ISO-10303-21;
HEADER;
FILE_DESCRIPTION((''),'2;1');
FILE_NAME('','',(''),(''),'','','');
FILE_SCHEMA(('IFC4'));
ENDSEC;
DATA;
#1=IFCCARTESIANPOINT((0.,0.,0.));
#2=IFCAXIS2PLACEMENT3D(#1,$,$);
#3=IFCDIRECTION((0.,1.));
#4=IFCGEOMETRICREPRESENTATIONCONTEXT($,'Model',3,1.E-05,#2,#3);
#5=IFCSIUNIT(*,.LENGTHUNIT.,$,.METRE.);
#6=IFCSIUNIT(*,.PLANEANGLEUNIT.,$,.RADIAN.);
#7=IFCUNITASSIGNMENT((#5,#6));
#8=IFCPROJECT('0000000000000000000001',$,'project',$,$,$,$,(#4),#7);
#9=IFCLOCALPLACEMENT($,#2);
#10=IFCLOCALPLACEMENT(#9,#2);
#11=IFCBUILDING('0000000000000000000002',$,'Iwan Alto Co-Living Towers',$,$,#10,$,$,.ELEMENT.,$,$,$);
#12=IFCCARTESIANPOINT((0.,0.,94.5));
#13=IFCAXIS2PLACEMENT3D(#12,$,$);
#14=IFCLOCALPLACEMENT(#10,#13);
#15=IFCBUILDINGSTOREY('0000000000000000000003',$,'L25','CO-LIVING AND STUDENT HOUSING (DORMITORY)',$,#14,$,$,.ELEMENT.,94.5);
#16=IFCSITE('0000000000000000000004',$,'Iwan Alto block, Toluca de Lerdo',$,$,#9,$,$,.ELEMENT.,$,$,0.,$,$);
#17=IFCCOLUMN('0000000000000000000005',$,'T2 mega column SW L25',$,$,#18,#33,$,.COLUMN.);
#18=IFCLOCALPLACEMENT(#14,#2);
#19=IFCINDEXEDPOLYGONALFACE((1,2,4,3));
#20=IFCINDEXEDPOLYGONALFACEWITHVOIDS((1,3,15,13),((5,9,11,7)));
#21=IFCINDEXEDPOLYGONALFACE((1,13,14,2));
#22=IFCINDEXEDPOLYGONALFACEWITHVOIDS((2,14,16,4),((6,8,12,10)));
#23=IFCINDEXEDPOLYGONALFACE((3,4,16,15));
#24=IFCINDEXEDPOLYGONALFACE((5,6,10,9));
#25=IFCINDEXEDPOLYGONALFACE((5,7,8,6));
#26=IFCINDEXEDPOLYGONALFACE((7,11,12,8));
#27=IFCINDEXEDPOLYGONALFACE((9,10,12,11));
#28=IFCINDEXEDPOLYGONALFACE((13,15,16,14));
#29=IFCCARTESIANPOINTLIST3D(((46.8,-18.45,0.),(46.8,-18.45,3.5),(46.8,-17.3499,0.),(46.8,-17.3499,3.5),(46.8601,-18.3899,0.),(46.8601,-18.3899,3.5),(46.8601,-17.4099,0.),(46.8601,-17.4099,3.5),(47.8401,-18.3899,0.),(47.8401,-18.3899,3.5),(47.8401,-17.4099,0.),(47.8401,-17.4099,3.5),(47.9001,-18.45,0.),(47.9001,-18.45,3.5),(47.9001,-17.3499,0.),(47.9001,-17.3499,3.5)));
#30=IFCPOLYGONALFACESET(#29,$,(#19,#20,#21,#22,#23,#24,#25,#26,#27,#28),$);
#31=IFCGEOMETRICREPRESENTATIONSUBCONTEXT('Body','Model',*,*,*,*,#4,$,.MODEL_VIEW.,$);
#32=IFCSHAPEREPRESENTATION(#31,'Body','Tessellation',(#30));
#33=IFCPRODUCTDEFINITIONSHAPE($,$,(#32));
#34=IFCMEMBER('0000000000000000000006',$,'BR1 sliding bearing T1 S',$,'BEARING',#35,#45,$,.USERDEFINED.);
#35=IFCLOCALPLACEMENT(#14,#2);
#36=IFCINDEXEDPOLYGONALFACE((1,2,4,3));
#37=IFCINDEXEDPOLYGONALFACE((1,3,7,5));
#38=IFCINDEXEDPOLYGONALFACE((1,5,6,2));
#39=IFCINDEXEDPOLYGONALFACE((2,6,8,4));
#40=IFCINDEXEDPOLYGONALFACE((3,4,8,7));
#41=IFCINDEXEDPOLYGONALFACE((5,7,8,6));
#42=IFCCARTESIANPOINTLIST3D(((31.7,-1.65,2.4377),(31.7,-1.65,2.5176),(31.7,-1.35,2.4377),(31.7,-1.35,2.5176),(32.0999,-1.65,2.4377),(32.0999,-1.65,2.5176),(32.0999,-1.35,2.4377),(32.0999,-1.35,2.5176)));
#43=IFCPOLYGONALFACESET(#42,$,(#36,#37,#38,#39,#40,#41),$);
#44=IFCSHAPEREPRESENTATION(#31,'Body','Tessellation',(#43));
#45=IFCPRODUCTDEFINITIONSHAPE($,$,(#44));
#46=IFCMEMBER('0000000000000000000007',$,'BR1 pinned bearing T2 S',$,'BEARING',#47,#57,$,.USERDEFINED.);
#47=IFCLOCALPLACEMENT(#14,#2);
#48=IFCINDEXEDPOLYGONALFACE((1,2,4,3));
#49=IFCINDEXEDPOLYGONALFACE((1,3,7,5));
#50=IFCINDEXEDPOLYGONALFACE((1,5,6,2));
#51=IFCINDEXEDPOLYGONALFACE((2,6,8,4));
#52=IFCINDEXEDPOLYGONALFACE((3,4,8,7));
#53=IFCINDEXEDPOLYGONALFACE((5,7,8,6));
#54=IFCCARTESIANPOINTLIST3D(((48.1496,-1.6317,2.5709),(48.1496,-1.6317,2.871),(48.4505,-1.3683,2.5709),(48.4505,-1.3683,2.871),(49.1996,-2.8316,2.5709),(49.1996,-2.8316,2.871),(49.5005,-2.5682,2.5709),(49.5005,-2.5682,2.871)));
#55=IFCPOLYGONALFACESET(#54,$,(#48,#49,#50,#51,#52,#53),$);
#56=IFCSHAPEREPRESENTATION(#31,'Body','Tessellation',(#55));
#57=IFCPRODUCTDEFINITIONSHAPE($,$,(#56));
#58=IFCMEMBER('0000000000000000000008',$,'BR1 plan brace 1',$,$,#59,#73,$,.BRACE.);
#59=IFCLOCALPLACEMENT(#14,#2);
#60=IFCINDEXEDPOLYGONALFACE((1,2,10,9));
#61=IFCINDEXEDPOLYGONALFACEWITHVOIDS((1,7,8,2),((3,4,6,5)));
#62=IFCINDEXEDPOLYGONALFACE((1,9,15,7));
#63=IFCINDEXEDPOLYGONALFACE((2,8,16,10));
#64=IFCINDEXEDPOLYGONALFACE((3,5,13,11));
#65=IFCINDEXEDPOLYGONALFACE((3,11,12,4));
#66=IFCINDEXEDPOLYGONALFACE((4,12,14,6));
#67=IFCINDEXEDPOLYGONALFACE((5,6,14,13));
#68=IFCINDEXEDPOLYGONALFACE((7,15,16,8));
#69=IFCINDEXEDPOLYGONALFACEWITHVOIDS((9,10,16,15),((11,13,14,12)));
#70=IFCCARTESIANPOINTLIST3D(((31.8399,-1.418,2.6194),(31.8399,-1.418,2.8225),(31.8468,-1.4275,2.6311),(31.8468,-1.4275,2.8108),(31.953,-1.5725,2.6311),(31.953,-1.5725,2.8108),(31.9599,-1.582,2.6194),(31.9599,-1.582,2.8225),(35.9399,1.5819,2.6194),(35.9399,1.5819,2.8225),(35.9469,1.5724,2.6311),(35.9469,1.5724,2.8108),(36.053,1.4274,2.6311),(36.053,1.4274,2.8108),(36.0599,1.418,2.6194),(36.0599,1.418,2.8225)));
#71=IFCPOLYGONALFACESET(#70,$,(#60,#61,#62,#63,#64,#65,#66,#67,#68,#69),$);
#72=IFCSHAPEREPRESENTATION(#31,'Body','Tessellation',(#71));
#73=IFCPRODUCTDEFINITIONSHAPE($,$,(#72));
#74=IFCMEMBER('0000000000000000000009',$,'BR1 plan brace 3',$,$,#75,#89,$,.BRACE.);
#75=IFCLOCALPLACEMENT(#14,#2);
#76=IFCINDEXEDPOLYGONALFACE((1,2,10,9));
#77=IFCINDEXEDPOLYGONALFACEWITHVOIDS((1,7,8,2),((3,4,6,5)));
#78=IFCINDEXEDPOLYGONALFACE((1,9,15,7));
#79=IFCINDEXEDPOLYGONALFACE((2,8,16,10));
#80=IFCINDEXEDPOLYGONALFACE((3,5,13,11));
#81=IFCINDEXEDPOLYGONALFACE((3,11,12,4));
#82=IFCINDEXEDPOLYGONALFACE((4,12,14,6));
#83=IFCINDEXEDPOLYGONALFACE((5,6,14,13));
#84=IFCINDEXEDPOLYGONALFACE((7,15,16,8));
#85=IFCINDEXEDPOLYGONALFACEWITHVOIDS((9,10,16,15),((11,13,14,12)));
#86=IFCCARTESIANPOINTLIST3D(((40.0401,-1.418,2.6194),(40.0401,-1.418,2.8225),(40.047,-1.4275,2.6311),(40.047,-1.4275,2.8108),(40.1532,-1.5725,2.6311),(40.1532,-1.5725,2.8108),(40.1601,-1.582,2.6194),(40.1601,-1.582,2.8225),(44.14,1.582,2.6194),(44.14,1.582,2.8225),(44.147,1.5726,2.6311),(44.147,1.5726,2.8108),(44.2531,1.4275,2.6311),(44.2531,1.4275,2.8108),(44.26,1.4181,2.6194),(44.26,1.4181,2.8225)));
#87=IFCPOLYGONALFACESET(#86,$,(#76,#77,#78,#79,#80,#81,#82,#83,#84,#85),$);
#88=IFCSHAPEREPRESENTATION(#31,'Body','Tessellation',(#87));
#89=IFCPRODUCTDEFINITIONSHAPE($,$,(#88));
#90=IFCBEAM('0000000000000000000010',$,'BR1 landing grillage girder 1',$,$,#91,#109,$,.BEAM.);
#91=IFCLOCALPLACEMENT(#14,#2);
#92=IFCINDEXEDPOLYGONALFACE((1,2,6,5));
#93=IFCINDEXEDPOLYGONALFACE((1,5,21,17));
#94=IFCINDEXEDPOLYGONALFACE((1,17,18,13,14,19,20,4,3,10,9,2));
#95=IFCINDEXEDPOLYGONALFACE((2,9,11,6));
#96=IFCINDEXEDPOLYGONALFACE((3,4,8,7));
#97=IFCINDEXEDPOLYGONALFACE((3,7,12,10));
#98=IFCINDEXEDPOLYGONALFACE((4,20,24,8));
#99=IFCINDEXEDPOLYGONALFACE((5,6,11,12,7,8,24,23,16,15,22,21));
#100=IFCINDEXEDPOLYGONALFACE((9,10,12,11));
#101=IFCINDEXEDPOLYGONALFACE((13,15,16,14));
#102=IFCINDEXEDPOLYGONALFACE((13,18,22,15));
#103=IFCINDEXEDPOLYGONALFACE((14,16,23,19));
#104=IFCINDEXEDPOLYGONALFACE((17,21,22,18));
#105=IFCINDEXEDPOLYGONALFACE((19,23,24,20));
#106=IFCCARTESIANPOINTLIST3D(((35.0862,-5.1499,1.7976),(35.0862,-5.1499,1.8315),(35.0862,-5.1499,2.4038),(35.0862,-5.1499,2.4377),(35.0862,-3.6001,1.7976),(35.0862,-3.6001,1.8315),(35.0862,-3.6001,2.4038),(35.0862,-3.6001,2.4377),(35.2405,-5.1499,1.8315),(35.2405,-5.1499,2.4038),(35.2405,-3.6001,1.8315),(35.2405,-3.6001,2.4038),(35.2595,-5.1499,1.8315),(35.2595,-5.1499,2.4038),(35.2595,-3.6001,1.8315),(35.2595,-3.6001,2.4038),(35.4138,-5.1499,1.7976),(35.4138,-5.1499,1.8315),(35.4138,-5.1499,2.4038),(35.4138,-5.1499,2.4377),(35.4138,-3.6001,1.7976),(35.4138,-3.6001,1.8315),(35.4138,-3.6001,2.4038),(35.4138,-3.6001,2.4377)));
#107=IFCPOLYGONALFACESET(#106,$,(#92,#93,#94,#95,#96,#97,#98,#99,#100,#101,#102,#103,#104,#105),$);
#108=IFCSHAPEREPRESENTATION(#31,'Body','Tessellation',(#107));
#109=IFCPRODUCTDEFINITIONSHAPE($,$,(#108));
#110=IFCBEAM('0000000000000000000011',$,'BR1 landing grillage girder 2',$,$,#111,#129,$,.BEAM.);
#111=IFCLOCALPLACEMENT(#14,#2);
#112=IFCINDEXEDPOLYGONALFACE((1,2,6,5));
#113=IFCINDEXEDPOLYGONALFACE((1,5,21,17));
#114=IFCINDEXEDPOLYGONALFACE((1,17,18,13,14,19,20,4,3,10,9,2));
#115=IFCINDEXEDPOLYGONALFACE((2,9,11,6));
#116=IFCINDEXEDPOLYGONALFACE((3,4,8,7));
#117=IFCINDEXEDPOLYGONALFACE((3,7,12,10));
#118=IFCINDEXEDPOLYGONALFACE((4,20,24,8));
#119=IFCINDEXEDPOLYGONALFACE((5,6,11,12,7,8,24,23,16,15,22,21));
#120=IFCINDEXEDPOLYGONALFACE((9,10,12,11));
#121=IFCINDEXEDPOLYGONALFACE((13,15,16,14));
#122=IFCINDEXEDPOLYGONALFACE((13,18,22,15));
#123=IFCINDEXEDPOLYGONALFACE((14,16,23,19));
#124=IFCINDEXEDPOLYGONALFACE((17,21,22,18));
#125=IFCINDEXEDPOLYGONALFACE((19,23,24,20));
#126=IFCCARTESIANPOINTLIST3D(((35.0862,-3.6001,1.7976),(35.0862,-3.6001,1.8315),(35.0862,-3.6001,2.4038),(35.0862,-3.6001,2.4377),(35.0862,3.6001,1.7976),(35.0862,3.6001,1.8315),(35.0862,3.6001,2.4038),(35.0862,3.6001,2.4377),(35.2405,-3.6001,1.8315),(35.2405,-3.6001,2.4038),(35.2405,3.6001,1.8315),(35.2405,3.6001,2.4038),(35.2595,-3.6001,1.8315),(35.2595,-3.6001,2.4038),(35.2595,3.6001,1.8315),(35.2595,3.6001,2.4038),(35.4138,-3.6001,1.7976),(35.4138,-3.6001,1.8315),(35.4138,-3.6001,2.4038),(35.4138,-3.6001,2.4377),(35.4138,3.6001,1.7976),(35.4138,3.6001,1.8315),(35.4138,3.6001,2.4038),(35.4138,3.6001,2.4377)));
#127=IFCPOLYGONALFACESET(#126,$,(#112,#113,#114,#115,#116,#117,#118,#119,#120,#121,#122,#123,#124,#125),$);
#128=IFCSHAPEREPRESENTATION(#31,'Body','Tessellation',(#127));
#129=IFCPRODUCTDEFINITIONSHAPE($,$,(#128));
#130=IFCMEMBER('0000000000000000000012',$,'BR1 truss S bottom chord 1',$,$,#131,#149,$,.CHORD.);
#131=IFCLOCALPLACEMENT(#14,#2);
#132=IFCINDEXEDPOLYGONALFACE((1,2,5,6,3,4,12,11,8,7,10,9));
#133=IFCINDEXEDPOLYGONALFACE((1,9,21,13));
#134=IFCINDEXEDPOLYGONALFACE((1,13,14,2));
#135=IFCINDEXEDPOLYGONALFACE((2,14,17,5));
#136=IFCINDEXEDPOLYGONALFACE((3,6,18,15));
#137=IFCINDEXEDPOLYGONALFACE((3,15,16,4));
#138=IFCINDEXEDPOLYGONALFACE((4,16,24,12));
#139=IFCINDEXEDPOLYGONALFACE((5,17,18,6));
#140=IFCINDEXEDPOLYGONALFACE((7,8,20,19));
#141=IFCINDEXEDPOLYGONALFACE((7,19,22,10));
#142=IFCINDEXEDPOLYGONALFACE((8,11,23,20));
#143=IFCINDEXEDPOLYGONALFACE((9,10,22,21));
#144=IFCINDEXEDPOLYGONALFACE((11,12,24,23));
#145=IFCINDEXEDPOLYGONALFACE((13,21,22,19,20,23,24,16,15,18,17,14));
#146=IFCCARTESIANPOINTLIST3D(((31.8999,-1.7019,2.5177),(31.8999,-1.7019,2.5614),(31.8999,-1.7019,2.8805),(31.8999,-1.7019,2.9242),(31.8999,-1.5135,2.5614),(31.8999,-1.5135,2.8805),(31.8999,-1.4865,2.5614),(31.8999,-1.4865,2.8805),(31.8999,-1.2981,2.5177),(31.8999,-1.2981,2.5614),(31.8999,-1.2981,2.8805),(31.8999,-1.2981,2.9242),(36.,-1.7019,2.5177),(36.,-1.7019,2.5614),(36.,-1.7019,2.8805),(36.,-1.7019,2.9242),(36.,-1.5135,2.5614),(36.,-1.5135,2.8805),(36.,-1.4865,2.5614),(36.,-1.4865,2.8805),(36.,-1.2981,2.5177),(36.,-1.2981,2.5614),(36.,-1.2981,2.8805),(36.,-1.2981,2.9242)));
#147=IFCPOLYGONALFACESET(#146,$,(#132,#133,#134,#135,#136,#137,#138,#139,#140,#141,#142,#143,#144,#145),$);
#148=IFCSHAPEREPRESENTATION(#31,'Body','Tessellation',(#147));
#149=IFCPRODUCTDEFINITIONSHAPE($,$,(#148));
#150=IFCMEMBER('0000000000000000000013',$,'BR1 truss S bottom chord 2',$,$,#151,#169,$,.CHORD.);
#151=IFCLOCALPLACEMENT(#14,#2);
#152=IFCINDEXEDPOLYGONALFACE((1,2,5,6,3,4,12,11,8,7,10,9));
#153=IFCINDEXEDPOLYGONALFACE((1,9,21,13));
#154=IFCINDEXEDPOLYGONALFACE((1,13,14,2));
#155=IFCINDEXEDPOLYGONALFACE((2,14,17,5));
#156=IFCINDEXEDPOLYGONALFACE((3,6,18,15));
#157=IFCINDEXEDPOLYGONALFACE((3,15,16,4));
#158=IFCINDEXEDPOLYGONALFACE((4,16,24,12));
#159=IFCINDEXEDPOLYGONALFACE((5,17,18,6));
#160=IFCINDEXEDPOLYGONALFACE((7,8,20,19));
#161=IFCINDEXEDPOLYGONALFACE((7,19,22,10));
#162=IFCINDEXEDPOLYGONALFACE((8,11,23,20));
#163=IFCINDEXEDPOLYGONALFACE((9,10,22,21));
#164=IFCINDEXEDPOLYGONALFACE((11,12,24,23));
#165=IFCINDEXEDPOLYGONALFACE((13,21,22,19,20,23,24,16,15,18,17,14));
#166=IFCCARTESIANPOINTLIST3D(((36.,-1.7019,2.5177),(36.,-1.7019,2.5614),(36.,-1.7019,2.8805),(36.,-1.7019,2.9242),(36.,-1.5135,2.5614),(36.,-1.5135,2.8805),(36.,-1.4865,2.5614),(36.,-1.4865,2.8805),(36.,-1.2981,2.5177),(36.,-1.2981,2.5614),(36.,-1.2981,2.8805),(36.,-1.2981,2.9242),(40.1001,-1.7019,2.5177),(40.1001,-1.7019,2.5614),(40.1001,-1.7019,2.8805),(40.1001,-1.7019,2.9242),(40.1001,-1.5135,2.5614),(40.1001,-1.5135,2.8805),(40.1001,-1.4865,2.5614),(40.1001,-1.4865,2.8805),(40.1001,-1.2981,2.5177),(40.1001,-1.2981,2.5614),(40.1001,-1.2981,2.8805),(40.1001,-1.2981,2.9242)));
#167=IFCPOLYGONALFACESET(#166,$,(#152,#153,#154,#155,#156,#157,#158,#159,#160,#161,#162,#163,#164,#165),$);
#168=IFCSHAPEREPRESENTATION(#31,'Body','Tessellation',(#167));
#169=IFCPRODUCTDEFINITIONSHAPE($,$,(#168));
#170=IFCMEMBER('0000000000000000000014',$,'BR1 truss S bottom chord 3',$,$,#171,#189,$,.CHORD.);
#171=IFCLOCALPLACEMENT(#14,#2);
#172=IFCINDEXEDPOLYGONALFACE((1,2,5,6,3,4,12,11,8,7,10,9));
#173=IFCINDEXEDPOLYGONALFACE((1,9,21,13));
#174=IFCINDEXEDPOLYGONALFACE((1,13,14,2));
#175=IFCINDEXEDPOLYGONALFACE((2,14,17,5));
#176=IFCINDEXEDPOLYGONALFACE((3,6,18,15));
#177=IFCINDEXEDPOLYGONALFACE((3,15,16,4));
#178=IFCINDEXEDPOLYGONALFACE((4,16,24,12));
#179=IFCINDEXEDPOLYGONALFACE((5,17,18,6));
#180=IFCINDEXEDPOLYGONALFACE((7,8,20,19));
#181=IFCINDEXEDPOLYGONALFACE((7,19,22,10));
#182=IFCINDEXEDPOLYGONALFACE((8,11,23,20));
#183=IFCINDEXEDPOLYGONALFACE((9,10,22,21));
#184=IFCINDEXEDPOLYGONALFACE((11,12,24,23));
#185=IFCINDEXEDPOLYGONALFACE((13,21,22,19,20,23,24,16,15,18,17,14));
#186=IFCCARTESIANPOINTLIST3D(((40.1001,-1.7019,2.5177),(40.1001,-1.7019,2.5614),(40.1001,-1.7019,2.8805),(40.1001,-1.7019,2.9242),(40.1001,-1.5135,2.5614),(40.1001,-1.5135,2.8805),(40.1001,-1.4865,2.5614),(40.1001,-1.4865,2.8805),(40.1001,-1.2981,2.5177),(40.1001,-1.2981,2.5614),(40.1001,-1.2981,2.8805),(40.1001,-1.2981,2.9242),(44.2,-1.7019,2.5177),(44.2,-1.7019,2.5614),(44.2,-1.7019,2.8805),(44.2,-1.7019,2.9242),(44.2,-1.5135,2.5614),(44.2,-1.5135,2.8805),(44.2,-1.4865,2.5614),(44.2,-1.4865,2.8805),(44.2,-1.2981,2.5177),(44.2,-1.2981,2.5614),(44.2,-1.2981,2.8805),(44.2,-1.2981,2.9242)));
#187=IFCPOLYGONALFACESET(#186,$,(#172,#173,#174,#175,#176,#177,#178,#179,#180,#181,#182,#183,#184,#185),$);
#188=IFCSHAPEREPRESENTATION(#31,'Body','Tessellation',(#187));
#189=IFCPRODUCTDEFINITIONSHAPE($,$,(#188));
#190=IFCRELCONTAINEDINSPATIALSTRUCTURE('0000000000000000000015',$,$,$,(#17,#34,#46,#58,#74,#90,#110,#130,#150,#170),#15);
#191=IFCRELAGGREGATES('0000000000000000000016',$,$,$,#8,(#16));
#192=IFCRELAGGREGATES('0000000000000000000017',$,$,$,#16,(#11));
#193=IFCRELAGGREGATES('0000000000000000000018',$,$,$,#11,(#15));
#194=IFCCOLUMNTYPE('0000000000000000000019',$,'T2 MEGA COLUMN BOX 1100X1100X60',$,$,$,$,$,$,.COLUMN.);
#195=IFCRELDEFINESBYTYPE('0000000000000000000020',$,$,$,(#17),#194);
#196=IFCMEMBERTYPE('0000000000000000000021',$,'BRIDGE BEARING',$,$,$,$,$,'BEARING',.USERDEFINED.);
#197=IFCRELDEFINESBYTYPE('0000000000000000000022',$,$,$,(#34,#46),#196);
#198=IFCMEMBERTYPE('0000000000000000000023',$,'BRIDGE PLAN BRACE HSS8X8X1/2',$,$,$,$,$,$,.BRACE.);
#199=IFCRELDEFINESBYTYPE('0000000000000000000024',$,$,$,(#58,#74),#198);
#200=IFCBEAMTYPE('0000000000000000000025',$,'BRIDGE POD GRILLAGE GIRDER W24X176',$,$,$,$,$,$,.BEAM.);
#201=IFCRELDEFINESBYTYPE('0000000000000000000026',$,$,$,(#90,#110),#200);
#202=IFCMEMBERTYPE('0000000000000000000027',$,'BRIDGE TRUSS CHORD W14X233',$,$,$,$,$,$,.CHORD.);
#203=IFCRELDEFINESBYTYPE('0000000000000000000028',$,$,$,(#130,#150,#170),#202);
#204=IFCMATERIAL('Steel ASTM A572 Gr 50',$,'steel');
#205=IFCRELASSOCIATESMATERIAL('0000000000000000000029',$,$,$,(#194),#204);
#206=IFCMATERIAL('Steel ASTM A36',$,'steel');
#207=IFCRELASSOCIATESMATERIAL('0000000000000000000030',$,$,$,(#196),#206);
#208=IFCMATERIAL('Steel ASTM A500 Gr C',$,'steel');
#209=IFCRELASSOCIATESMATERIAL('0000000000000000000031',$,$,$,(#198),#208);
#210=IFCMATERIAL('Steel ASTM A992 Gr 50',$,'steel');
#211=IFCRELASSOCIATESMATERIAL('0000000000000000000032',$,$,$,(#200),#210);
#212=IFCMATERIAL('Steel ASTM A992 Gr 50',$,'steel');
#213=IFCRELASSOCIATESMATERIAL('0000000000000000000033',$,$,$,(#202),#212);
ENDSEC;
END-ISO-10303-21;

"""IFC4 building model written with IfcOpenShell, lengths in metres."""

from ifc_helpers import new_model, si_unit, direction, frame, origin, origin_2d, place, context, subcontext, project, spatial, rectangle, hollow_rectangle, i_section, extrude, material, material_profile, profile_set, type_object, element, save


model = new_model("IFC4")

# Units and contexts
model_context = context("Model", 3, precision=1e-05, world=origin(), true_north=direction((0.0, 1.0)))
body_context = subcontext(model_context, "Body", "Model", "MODEL_VIEW")
ifc_project = project(units=[si_unit("LENGTHUNIT", "METRE"), si_unit("PLANEANGLEUNIT", "RADIAN")], contexts=[model_context])

# Site, building, storey
site_placement = place(None, origin())
site = spatial("IfcSite", under=ifc_project, at=site_placement, Name="Iwan Alto block, Toluca de Lerdo", CompositionType="ELEMENT", RefElevation=0.0)
building_placement = place(site_placement, origin())
building = spatial("IfcBuilding", under=site, at=building_placement, Name="Iwan Alto Co-Living Towers", CompositionType="ELEMENT")
storey_placement = place(building_placement, frame((0.0, 0.0, 94.5)))
storey = spatial("IfcBuildingStorey", under=building, at=storey_placement, Name="L25", Description="CO-LIVING AND STUDENT HOUSING (DORMITORY)", CompositionType="ELEMENT", Elevation=94.5)

# Column
ifc_material_1 = material(Name="Steel ASTM A572 Gr 50", Category="steel")
ifc_material_profile_1 = material_profile(ifc_material_1, hollow_rectangle(XDim=1.1001, YDim=1.1001, WallThickness=0.0601, at=origin_2d()), Name="BOX 1100X1100X60")
ifc_profile_set_1 = profile_set([ifc_material_profile_1], Name="Steel ASTM A572 Gr 50")
column_type = type_object("IfcColumnType", Name="T2 MEGA COLUMN BOX 1100X1100X60", PredefinedType="COLUMN", material=ifc_profile_set_1)
column_placement = place(storey_placement, frame((47.3501, -17.8999, 0.0), z_axis=(0.0, 0.0, 1.0), x_axis=(1.0, 0.0, 0.0)))
element("IfcColumn", 1, at=column_placement, inside=storey, type_object=column_type, Name="T2 mega column SW L25", PredefinedType="COLUMN", context=body_context, shape_type="SweptSolid", body=[
    extrude(hollow_rectangle(XDim=1.1001, YDim=1.1001, WallThickness=0.0601, at=origin_2d()), origin(), (0.0, 0.0, 1.0), 3.5),
])

# Members
ifc_material_2 = material(Name="Steel ASTM A36", Category="steel")
ifc_material_profile_2 = material_profile(ifc_material_2, rectangle(XDim=0.3999, YDim=0.3, at=origin_2d()), Name="BEARING 400X300")
ifc_profile_set_2 = profile_set([ifc_material_profile_2], Name="Steel ASTM A36")
member_type_1 = type_object("IfcMemberType", Name="BRIDGE BEARING", ElementType="BEARING", PredefinedType="USERDEFINED", material=ifc_profile_set_2)
member_1_placement = place(storey_placement, frame((31.8999, -1.5, 2.5176), z_axis=(0.0, 0.0, -1.0), x_axis=(1.0, 0.0, 0.0)))
element("IfcMember", 2, at=member_1_placement, inside=storey, type_object=member_type_1, Name="BR1 sliding bearing T1 S", ObjectType="BEARING", PredefinedType="USERDEFINED", context=body_context, shape_type="SweptSolid", body=[
    extrude(rectangle(XDim=0.3999, YDim=0.3, at=origin_2d()), origin(), (0.0, 0.0, 1.0), 0.0798),
])
member_2_placement = place(storey_placement, frame((48.3, -1.5, 2.7209), z_axis=(0.658537, -0.752548, 0.0), x_axis=(0.752548, 0.658537, 0.0)))
element("IfcMember", 3, at=member_2_placement, inside=storey, type_object=member_type_1, Name="BR1 pinned bearing T2 S", ObjectType="BEARING", PredefinedType="USERDEFINED", context=body_context, shape_type="SweptSolid", body=[
    extrude(rectangle(XDim=0.3999, YDim=0.3, at=origin_2d()), origin(), (0.0, 0.0, 1.0), 1.5945),
])
ifc_material_3 = material(Name="Steel ASTM A500 Gr C", Category="steel")
ifc_material_profile_3 = material_profile(ifc_material_3, hollow_rectangle(XDim=0.2031, YDim=0.2031, WallThickness=0.0117, at=origin_2d()), Name="HSS8X8X1/2")
ifc_profile_set_3 = profile_set([ifc_material_profile_3], Name="Steel ASTM A500 Gr C")
member_type_2 = type_object("IfcMemberType", Name="BRIDGE PLAN BRACE HSS8X8X1/2", PredefinedType="BRACE", material=ifc_profile_set_3)
for number, where, z_axis, x_axis, name in (
    (4, (31.8999, -1.5, 2.7209), (0.807037, 0.590501, 0.0), (-0.590501, 0.807037, 0.0), "BR1 plan brace 1"),
    (5, (40.1001, -1.5, 2.7209), (0.80702, 0.590524, 0.0), (-0.590524, 0.80702, 0.0), "BR1 plan brace 3"),
):
    element("IfcMember", number, at=place(storey_placement, frame(where, z_axis=z_axis, x_axis=x_axis)), inside=storey, type_object=member_type_2, Name=name, PredefinedType="BRACE", context=body_context, shape_type="SweptSolid", body=[
        extrude(hollow_rectangle(XDim=0.2031, YDim=0.2031, WallThickness=0.0117, at=origin_2d()), origin(), (0.0, 0.0, 1.0), 5.0803),
    ])

# Beams
ifc_material_4 = material(Name="Steel ASTM A992 Gr 50", Category="steel")
ifc_material_profile_4 = material_profile(ifc_material_4, i_section(OverallWidth=0.3276, OverallDepth=0.6401, WebThickness=0.019, FlangeThickness=0.0339, at=origin_2d()), Name="W24X176")
ifc_profile_set_4 = profile_set([ifc_material_profile_4], Name="Steel ASTM A992 Gr 50")
beam_type = type_object("IfcBeamType", Name="BRIDGE POD GRILLAGE GIRDER W24X176", PredefinedType="BEAM", material=ifc_profile_set_4)
beam_1_placement = place(storey_placement, frame((35.25, -5.1499, 2.1177), z_axis=(0.0, 1.0, 0.0), x_axis=(-1.0, 0.0, 0.0)))
element("IfcBeam", 6, at=beam_1_placement, inside=storey, type_object=beam_type, Name="BR1 landing grillage girder 1", PredefinedType="BEAM", context=body_context, shape_type="SweptSolid", body=[
    extrude(i_section(OverallWidth=0.3276, OverallDepth=0.6401, WebThickness=0.019, FlangeThickness=0.0339, at=origin_2d()), origin(), (0.0, 0.0, 1.0), 1.5498),
])
beam_2_placement = place(storey_placement, frame((35.25, -3.6001, 2.1177), z_axis=(0.0, 1.0, 0.0), x_axis=(-1.0, 0.0, 0.0)))
element("IfcBeam", 7, at=beam_2_placement, inside=storey, type_object=beam_type, Name="BR1 landing grillage girder 2", PredefinedType="BEAM", context=body_context, shape_type="SweptSolid", body=[
    extrude(i_section(OverallWidth=0.3276, OverallDepth=0.6401, WebThickness=0.019, FlangeThickness=0.0339, at=origin_2d()), origin(), (0.0, 0.0, 1.0), 7.2002),
])

# Members
ifc_material_5 = material(Name="Steel ASTM A992 Gr 50", Category="steel")
ifc_material_profile_5 = material_profile(ifc_material_5, i_section(OverallWidth=0.4038, OverallDepth=0.4065, WebThickness=0.0271, FlangeThickness=0.0437, at=origin_2d()), Name="W14X233")
ifc_profile_set_5 = profile_set([ifc_material_profile_5], Name="Steel ASTM A992 Gr 50")
member_type_3 = type_object("IfcMemberType", Name="BRIDGE TRUSS CHORD W14X233", PredefinedType="CHORD", material=ifc_profile_set_5)
for number, where, z_axis, x_axis, name in (
    (8, (31.8999, -1.5, 2.7209), (1.0, 0.0, 0.0), (0.0, 1.0, 0.0), "BR1 truss S bottom chord 1"),
    (9, (36.0, -1.5, 2.7209), (1.0, 0.0, 0.0), (0.0, 1.0, 0.0), "BR1 truss S bottom chord 2"),
):
    element("IfcMember", number, at=place(storey_placement, frame(where, z_axis=z_axis, x_axis=x_axis)), inside=storey, type_object=member_type_3, Name=name, PredefinedType="CHORD", context=body_context, shape_type="SweptSolid", body=[
        extrude(i_section(OverallWidth=0.4038, OverallDepth=0.4065, WebThickness=0.0271, FlangeThickness=0.0437, at=origin_2d()), origin(), (0.0, 0.0, 1.0), 4.1001),
    ])
member_3_placement = place(storey_placement, frame((40.1001, -1.5, 2.7209), z_axis=(1.0, 0.0, 0.0), x_axis=(0.0, 1.0, 0.0)))
element("IfcMember", 10, at=member_3_placement, inside=storey, type_object=member_type_3, Name="BR1 truss S bottom chord 3", PredefinedType="CHORD", context=body_context, shape_type="SweptSolid", body=[
    extrude(i_section(OverallWidth=0.4038, OverallDepth=0.4065, WebThickness=0.0271, FlangeThickness=0.0437, at=origin_2d()), origin(), (0.0, 0.0, 1.0), 4.0999),
])

save(model, "model.ifc")
